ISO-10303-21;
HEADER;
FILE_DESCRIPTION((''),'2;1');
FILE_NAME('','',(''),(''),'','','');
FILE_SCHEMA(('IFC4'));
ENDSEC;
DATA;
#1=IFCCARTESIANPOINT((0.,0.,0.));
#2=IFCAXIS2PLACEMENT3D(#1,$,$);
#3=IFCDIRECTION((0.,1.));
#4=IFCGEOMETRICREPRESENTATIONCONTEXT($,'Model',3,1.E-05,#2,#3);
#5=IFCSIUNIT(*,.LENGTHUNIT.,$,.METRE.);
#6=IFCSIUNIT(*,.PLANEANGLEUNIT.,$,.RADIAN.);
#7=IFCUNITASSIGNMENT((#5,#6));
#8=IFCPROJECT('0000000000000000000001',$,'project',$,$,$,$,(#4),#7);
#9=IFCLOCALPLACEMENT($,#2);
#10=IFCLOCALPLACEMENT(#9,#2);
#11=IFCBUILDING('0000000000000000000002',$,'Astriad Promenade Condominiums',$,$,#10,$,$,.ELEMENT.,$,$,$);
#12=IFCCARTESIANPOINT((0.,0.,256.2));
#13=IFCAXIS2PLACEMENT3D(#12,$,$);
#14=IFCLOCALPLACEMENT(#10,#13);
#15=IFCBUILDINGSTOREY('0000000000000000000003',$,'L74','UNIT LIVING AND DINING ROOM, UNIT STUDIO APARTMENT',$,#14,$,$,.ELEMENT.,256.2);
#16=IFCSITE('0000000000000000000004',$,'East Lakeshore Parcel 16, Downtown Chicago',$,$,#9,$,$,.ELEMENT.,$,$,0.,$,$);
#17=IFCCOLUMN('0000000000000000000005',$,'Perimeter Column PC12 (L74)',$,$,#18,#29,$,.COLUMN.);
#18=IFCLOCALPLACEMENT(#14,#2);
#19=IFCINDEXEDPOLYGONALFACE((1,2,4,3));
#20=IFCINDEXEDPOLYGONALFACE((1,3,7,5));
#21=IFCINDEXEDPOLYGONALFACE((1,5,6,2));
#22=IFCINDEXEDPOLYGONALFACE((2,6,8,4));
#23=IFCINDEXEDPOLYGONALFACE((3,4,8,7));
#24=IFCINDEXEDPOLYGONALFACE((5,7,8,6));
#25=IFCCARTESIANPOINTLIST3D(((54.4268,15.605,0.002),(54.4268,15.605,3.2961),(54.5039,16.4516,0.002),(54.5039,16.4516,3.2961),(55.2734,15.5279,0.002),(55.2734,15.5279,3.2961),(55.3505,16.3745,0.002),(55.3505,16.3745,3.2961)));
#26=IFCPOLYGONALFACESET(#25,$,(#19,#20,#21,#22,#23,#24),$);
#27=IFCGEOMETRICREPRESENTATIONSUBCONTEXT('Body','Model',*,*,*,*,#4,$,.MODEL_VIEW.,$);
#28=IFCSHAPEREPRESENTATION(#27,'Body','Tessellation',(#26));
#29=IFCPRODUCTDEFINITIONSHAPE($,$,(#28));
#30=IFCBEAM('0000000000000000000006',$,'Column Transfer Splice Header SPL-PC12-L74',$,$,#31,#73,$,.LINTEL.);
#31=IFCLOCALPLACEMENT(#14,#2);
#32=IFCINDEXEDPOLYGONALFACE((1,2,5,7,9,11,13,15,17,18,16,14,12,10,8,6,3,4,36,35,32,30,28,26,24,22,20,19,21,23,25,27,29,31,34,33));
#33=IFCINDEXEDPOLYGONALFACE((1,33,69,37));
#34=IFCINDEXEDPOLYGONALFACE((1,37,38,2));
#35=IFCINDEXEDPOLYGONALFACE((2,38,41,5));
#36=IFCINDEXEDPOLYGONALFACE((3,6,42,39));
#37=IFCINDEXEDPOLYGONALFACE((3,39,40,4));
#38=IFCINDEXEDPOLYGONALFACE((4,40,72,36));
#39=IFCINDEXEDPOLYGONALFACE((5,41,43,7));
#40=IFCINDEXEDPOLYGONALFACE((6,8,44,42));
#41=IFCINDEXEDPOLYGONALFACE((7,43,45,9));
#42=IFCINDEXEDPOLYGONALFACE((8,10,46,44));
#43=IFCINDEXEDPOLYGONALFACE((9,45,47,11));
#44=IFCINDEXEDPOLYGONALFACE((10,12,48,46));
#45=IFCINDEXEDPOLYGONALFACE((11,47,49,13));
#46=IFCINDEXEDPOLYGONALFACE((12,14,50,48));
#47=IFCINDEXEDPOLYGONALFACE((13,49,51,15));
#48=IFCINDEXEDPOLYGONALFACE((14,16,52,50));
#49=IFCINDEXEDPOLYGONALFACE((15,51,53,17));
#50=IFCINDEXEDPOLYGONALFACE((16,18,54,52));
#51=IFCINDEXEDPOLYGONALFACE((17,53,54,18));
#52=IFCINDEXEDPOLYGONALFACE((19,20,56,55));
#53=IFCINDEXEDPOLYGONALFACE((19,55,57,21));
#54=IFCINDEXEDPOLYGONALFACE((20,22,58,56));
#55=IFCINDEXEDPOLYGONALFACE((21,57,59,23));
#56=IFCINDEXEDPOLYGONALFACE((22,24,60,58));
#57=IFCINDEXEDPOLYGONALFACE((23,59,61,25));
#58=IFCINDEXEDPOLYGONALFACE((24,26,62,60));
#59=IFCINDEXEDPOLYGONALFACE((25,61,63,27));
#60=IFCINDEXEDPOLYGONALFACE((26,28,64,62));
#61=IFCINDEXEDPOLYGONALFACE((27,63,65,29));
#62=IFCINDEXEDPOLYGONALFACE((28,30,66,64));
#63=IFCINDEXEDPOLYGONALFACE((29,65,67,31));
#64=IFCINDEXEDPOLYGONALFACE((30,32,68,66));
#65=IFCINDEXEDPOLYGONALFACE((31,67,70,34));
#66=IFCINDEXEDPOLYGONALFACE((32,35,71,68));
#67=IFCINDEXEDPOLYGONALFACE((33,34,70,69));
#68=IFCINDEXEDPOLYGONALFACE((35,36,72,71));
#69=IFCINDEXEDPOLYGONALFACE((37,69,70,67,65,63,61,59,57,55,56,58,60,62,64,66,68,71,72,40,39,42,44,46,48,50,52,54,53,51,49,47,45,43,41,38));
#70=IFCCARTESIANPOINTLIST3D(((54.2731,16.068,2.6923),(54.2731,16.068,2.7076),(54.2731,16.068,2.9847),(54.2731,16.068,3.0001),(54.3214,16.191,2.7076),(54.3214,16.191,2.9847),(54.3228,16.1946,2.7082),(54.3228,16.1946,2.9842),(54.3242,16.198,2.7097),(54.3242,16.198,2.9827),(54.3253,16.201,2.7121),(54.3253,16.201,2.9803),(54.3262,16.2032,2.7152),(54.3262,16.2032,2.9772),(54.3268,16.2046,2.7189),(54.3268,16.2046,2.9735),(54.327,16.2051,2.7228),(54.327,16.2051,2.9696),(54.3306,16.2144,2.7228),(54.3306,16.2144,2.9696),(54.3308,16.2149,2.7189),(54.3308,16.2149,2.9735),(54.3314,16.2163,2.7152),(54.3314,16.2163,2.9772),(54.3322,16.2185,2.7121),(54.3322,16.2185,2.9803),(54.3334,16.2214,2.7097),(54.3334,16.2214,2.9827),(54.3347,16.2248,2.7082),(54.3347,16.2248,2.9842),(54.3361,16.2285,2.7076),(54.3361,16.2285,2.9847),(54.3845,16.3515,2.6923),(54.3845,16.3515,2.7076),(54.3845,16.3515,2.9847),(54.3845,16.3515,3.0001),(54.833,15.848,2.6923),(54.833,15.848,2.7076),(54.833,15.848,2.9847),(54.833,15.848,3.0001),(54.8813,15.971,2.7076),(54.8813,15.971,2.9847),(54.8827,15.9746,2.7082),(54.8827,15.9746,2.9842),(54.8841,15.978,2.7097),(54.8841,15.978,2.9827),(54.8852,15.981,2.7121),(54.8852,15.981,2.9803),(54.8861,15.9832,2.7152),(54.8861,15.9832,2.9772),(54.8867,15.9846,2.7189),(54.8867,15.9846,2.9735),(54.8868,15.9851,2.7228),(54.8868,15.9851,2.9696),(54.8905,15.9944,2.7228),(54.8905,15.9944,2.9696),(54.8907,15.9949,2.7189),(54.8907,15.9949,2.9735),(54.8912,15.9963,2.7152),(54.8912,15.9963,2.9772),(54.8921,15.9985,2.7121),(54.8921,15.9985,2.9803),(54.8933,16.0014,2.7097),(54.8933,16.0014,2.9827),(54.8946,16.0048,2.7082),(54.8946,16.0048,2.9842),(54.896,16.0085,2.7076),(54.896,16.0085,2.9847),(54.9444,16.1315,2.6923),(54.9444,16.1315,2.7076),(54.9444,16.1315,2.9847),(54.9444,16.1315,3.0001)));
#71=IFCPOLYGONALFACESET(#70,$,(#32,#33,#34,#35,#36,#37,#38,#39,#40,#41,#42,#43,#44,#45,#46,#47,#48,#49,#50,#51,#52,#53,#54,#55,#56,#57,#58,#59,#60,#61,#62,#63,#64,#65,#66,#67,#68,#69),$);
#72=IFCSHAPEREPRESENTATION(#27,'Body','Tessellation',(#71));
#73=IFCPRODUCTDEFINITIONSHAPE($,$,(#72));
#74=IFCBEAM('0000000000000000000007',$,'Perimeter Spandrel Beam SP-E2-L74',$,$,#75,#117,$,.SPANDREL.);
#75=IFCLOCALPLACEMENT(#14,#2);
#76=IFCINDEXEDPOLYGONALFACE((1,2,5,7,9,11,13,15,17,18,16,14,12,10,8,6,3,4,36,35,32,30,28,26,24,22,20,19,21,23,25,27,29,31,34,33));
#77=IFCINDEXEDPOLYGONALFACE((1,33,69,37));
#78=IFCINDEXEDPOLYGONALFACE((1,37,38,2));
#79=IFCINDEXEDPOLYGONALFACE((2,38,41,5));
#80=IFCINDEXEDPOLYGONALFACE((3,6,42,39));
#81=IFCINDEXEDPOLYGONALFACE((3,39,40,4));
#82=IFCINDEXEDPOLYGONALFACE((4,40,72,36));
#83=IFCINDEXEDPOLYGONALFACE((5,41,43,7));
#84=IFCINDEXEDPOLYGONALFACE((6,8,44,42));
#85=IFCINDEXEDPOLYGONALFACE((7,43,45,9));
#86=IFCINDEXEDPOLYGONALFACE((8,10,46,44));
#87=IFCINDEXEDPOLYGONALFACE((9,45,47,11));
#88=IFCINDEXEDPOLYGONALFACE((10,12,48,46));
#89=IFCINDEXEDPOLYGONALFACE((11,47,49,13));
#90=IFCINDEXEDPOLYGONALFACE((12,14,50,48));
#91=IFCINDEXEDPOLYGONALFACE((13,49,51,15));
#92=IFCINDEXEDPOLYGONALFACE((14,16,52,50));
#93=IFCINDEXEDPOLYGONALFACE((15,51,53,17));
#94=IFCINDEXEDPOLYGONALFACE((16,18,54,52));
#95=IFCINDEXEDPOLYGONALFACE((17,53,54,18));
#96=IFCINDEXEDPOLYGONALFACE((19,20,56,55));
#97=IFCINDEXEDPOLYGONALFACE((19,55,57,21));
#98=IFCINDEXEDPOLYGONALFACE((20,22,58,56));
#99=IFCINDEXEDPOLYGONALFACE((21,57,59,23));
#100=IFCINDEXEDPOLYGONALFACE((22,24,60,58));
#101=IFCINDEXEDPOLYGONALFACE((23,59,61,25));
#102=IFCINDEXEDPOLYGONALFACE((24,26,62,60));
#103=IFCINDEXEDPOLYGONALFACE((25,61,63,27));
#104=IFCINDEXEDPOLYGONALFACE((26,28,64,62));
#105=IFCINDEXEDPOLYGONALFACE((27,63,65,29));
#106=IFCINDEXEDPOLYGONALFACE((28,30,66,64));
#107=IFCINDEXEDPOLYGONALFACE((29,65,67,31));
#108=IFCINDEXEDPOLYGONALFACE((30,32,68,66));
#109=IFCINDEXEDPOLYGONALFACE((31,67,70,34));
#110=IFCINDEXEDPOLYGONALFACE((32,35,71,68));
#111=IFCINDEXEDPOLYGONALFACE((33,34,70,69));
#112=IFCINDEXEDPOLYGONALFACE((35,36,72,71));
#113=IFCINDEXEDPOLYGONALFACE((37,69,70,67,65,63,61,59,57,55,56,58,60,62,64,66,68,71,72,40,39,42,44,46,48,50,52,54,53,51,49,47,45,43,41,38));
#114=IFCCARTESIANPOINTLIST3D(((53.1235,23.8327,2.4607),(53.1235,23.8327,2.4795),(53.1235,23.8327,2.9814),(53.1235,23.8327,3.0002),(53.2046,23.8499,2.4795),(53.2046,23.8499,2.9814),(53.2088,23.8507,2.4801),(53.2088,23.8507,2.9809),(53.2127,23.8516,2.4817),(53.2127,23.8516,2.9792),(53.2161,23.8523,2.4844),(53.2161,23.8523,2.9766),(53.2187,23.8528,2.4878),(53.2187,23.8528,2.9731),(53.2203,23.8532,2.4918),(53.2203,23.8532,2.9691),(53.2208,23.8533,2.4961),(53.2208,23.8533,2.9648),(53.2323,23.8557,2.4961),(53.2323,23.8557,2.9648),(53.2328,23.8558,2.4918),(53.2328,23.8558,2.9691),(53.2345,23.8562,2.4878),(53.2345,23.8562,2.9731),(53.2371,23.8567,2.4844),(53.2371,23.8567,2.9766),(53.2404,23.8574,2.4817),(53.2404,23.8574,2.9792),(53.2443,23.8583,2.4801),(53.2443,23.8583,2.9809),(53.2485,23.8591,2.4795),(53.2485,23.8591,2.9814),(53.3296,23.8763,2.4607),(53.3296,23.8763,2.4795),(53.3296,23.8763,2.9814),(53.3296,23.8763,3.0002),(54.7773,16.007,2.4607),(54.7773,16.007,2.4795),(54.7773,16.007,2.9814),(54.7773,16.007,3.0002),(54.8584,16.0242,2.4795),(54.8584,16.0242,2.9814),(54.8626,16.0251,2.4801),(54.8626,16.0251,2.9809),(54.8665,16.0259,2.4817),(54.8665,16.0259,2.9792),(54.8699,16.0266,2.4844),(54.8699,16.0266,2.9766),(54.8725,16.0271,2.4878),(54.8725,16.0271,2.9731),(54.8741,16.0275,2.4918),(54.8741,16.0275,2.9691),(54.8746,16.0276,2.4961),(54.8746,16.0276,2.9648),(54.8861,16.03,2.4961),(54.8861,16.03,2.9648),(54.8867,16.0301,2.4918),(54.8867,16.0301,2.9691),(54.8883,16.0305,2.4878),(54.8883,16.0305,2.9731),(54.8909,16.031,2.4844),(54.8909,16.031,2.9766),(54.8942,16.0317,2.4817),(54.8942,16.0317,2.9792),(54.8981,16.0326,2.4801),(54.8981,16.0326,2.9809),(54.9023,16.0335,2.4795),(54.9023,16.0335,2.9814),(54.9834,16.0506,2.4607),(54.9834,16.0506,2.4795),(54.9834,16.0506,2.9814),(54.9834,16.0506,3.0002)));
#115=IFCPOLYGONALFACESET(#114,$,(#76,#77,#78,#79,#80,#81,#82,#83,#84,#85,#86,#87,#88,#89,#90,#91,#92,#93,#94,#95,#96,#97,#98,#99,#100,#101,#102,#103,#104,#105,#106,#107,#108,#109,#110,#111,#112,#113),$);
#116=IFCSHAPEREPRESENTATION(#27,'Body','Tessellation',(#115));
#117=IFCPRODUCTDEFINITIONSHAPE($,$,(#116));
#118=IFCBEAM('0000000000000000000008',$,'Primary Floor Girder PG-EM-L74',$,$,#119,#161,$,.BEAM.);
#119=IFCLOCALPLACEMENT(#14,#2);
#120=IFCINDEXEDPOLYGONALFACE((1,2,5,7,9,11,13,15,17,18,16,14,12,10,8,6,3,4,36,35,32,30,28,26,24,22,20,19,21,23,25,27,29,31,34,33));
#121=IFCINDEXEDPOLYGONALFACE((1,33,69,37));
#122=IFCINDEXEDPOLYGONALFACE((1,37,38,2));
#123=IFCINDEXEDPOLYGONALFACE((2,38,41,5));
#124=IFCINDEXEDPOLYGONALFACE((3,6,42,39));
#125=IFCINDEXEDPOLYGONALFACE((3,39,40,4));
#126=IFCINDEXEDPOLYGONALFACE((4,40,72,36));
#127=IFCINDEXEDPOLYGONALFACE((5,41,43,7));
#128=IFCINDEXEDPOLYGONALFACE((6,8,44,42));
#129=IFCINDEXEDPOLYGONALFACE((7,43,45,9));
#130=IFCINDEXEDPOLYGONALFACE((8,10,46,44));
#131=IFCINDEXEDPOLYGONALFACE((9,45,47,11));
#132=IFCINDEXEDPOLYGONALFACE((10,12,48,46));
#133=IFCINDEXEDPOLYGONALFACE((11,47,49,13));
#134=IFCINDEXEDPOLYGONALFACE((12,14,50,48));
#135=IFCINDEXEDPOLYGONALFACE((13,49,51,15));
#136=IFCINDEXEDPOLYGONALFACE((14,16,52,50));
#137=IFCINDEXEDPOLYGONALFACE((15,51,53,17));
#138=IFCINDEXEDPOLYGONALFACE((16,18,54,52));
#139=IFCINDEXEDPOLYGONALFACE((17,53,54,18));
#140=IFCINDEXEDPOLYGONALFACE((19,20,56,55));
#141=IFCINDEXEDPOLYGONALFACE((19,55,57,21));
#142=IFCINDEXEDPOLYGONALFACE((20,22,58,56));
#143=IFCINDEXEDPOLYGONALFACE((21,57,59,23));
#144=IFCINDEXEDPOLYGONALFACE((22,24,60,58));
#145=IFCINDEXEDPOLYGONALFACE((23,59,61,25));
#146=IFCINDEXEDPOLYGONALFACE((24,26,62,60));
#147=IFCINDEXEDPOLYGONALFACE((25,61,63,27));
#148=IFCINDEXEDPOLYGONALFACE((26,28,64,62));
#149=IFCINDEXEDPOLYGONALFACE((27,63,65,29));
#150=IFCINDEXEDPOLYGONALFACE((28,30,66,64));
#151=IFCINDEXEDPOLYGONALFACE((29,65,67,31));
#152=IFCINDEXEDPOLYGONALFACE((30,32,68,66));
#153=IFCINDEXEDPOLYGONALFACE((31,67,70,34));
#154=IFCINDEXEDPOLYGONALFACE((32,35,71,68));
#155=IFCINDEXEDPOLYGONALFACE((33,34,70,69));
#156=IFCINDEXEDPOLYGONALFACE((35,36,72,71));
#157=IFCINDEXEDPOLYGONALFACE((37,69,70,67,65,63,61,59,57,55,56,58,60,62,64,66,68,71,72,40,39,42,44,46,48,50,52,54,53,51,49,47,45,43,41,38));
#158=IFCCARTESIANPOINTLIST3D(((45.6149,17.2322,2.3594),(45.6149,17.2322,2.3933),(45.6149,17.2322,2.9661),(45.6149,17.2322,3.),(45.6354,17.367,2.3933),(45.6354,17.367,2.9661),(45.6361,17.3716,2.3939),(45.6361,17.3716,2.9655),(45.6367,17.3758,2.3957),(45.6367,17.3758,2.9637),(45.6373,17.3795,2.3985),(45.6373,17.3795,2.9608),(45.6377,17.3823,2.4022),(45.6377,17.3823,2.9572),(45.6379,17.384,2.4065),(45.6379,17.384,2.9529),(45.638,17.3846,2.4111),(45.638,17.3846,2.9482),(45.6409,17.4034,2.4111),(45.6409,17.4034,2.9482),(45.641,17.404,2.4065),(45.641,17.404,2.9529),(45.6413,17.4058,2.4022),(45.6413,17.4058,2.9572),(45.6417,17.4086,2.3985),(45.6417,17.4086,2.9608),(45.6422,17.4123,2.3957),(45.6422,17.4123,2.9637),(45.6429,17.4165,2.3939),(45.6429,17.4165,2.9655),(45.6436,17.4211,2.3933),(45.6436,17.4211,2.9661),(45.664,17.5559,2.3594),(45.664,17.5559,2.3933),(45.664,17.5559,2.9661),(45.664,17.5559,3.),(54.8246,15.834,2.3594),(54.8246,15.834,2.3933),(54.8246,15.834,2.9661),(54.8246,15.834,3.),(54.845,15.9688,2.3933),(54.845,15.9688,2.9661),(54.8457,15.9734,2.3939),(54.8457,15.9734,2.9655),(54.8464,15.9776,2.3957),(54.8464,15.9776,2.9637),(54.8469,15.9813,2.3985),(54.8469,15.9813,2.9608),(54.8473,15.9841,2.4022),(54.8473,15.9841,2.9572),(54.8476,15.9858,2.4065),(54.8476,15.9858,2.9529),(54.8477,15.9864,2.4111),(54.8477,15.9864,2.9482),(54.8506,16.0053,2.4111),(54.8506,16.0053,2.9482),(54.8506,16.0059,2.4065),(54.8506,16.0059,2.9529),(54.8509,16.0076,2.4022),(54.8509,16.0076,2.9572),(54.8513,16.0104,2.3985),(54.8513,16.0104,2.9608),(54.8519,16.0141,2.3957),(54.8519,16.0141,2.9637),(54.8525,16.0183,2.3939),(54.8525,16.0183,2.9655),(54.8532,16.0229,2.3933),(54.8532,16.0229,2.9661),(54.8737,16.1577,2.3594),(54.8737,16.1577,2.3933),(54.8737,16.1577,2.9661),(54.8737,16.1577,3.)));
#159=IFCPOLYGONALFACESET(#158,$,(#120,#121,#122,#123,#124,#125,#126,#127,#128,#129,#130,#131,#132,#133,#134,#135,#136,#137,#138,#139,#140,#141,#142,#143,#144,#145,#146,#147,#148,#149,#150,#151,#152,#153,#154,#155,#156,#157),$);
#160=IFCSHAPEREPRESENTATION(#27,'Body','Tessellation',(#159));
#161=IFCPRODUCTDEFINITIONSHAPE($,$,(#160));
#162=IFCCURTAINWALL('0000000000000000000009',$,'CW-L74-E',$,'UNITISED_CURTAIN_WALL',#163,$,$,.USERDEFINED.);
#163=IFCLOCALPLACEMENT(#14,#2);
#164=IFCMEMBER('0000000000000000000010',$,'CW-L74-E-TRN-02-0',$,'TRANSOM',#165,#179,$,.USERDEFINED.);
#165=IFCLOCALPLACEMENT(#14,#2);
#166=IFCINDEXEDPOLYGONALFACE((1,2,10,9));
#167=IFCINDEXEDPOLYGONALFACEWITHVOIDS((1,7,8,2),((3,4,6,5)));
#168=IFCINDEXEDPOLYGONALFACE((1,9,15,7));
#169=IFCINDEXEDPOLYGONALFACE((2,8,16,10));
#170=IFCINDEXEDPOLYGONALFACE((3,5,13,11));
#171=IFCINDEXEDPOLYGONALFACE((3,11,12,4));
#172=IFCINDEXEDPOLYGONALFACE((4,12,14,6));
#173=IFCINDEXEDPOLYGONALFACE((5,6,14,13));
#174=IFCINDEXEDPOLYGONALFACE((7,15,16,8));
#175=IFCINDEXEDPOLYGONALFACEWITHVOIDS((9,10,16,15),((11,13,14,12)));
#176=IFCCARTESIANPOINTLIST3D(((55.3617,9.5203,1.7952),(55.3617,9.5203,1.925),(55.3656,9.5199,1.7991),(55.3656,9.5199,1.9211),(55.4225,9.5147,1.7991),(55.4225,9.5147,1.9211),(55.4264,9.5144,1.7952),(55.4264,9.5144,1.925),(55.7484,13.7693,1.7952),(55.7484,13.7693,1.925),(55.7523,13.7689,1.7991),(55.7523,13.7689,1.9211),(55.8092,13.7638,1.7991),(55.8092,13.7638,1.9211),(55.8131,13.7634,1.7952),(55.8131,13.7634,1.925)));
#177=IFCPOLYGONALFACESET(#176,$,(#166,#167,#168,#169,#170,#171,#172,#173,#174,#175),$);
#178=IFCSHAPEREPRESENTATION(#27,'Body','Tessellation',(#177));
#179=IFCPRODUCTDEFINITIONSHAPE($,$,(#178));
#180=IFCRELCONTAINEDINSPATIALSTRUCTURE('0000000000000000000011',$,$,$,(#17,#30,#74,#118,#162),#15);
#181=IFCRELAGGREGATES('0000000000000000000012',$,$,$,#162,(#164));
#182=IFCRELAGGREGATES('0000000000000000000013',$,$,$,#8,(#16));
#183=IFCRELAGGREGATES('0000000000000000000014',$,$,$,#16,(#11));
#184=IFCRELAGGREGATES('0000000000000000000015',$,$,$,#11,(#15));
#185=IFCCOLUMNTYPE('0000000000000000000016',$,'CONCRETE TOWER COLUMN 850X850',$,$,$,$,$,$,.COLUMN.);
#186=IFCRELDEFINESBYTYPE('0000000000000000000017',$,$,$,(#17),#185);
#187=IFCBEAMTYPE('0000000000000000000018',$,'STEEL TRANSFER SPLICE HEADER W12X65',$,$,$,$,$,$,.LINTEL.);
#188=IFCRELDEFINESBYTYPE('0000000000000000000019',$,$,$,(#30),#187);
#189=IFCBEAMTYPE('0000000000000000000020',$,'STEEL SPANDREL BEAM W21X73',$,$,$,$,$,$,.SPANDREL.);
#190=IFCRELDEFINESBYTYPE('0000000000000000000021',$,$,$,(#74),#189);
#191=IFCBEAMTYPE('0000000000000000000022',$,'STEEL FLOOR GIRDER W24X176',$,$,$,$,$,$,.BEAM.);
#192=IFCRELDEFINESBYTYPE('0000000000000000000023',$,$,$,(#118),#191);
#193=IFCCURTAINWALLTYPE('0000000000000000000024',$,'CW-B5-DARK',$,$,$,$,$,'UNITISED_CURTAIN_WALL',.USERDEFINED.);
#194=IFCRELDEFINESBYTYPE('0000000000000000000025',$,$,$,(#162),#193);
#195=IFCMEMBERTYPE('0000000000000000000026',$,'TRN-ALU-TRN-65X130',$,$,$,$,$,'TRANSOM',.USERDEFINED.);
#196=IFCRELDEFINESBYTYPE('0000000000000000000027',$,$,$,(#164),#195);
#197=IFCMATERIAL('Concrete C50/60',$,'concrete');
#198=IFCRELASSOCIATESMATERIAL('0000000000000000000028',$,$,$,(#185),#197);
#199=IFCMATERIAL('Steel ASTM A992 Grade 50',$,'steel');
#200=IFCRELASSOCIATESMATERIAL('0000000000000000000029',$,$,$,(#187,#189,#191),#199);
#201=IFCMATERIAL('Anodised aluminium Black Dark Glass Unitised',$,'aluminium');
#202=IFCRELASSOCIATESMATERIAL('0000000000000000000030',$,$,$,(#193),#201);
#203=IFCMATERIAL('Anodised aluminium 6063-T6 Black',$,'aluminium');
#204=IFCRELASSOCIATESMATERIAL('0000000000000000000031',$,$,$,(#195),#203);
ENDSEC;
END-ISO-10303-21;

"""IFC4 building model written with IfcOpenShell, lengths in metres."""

from ifc_helpers import new_model, si_unit, direction, frame, origin, origin_2d, place, context, subcontext, project, spatial, rectangle, hollow_rectangle, i_section, extrude, source, transform, mapped, material, material_profile, profile_set, type_object, type_shapes, element, aggregate, save


model = new_model("IFC4")

# Units and contexts
model_context = context("Model", 3, precision=1e-05, world=origin(), true_north=direction((0.0, 1.0)))
body_context = subcontext(model_context, "Body", "Model", "MODEL_VIEW")
ifc_project = project(units=[si_unit("LENGTHUNIT", "METRE"), si_unit("PLANEANGLEUNIT", "RADIAN")], contexts=[model_context])

# Site, building, storey
site_placement = place(None, origin())
site = spatial("IfcSite", under=ifc_project, at=site_placement, Name="East Lakeshore Parcel 16, Downtown Chicago", CompositionType="ELEMENT", RefElevation=0.0)
building_placement = place(site_placement, origin())
building = spatial("IfcBuilding", under=site, at=building_placement, Name="Astriad Promenade Condominiums", CompositionType="ELEMENT")
storey_placement = place(building_placement, frame((0.0, 0.0, 256.2)))
storey = spatial("IfcBuildingStorey", under=building, at=storey_placement, Name="L74", Description="UNIT LIVING AND DINING ROOM, UNIT STUDIO APARTMENT", CompositionType="ELEMENT", Elevation=256.2)

# Column
ifc_material_1 = material(Name="Concrete C50/60", Category="concrete")
ifc_material_profile_1 = material_profile(ifc_material_1, rectangle(XDim=0.8501, YDim=0.8501, at=origin_2d()), Name="RC-COL-850X850")
ifc_profile_set_1 = profile_set([ifc_material_profile_1], Name="Concrete C50/60")
column_type = type_object("IfcColumnType", Name="CONCRETE TOWER COLUMN 850X850", PredefinedType="COLUMN", material=ifc_profile_set_1)
shared_shape_1 = source(origin(), body_context, "Body", "SweptSolid", [
    extrude(rectangle(XDim=0.8501, YDim=0.8501, at=origin_2d()), origin(), (0.0, 0.0, 1.0), 3.2942),
])
type_shapes(column_type, [shared_shape_1])
column_placement = place(storey_placement, frame((54.8887, 15.9897, 0.002), z_axis=(0.0, 0.0, 1.0), x_axis=(0.995884, -0.090633, 0.0)))
element("IfcColumn", 1, at=column_placement, inside=storey, type_object=column_type, Name="Perimeter Column PC12 (L74)", PredefinedType="COLUMN", context=body_context, shape_type="MappedRepresentation", body=[
    mapped(shared_shape_1, transform((0.0, 0.0, 0.0), scale=1.0)),
])

# Beams
ifc_material_2 = material(Name="Steel ASTM A992 Grade 50", Category="steel")
ifc_material_profile_2 = material_profile(ifc_material_2, i_section(OverallWidth=0.3047, OverallDepth=0.3079, WebThickness=0.01, FlangeThickness=0.0154, FilletRadius=0.0151, at=origin_2d()), Name="W12X65")
ifc_profile_set_2 = profile_set([ifc_material_profile_2], Name="Steel ASTM A992 Grade 50")
beam_type_1 = type_object("IfcBeamType", Name="STEEL TRANSFER SPLICE HEADER W12X65", PredefinedType="LINTEL", material=ifc_profile_set_2)
shared_shape_2 = source(origin(), body_context, "Body", "SweptSolid", [
    extrude(i_section(OverallWidth=0.3047, OverallDepth=0.3079, WebThickness=0.01, FlangeThickness=0.0154, FilletRadius=0.0151, at=origin_2d()), origin(), (0.0, 0.0, 1.0), 0.6016),
])
type_shapes(beam_type_1, [shared_shape_2])
beam_1_placement = place(storey_placement, frame((54.8887, 15.9897, 2.8462), z_axis=(-0.930727, 0.365715, 0.0), x_axis=(-0.365715, -0.930727, 0.0)))
element("IfcBeam", 2, at=beam_1_placement, inside=storey, type_object=beam_type_1, Name="Column Transfer Splice Header SPL-PC12-L74", PredefinedType="LINTEL", context=body_context, shape_type="MappedRepresentation", body=[
    mapped(shared_shape_2, transform((0.0, 0.0, 0.0), scale=1.0)),
])
ifc_material_profile_3 = material_profile(ifc_material_2, i_section(OverallWidth=0.2107, OverallDepth=0.5396, WebThickness=0.0117, FlangeThickness=0.0188, FilletRadius=0.0166, at=origin_2d()), Name="W21X73")
ifc_profile_set_3 = profile_set([ifc_material_profile_3], Name="Steel ASTM A992 Grade 50")
beam_type_2 = type_object("IfcBeamType", Name="STEEL SPANDREL BEAM W21X73", PredefinedType="SPANDREL", material=ifc_profile_set_3)
shared_shape_3 = source(origin(), body_context, "Body", "SweptSolid", [
    extrude(i_section(OverallWidth=0.2107, OverallDepth=0.5396, WebThickness=0.0117, FlangeThickness=0.0188, FilletRadius=0.0166, at=origin_2d()), origin(), (0.0, 0.0, 1.0), 7.9985),
])
type_shapes(beam_type_2, [shared_shape_3])
beam_2_placement = place(storey_placement, frame((54.8804, 16.0288, 2.7305), z_axis=(-0.206764, 0.978391, 0.0), x_axis=(-0.978391, -0.206764, 0.0)))
element("IfcBeam", 3, at=beam_2_placement, inside=storey, type_object=beam_type_2, Name="Perimeter Spandrel Beam SP-E2-L74", PredefinedType="SPANDREL", context=body_context, shape_type="MappedRepresentation", body=[
    mapped(shared_shape_3, transform((0.0, 0.0, 0.0), scale=1.0)),
])
ifc_material_profile_4 = material_profile(ifc_material_2, i_section(OverallWidth=0.3274, OverallDepth=0.6406, WebThickness=0.019, FlangeThickness=0.0339, FilletRadius=0.0178, at=origin_2d()), Name="W24X176")
ifc_profile_set_4 = profile_set([ifc_material_profile_4], Name="Steel ASTM A992 Grade 50")
beam_type_3 = type_object("IfcBeamType", Name="STEEL FLOOR GIRDER W24X176", PredefinedType="BEAM", material=ifc_profile_set_4)
shared_shape_4 = source(origin(), body_context, "Body", "SweptSolid", [
    extrude(i_section(OverallWidth=0.3274, OverallDepth=0.6406, WebThickness=0.019, FlangeThickness=0.0339, FilletRadius=0.0178, at=origin_2d()), origin(), (0.0, 0.0, 1.0), 9.3152),
])
type_shapes(beam_type_3, [shared_shape_4])
beam_3_placement = place(storey_placement, frame((54.8491, 15.9958, 2.6797), z_axis=(-0.988671, 0.150097, 0.0), x_axis=(-0.150097, -0.988671, 0.0)))
element("IfcBeam", 4, at=beam_3_placement, inside=storey, type_object=beam_type_3, Name="Primary Floor Girder PG-EM-L74", PredefinedType="BEAM", context=body_context, shape_type="MappedRepresentation", body=[
    mapped(shared_shape_4, transform((0.0, 0.0, 0.0), scale=1.0)),
])

# Curtain wall, member
ifc_material_3 = material(Name="Anodised aluminium Black Dark Glass Unitised", Category="aluminium")
curtain_wall_type = type_object("IfcCurtainWallType", Name="CW-B5-DARK", ElementType="UNITISED_CURTAIN_WALL", PredefinedType="USERDEFINED", material=ifc_material_3)
curtain_wall_placement = place(storey_placement, origin())
curtain_wall = element("IfcCurtainWall", 5, at=curtain_wall_placement, inside=storey, type_object=curtain_wall_type, Name="CW-L74-E", ObjectType="UNITISED_CURTAIN_WALL", PredefinedType="USERDEFINED")
ifc_material_4 = material(Name="Anodised aluminium 6063-T6 Black", Category="aluminium")
ifc_material_profile_5 = material_profile(ifc_material_4, hollow_rectangle(XDim=0.0649, YDim=0.1299, WallThickness=0.0039, at=origin_2d()), Name="ALU-TRN-65X130")
ifc_profile_set_5 = profile_set([ifc_material_profile_5], Name="Anodised aluminium 6063-T6 Black")
member_type_1 = type_object("IfcMemberType", Name="TRN-ALU-TRN-65X130", ElementType="TRANSOM", PredefinedType="USERDEFINED", material=ifc_profile_set_5)
shared_shape_5 = source(origin(), body_context, "Body", "SweptSolid", [
    extrude(hollow_rectangle(XDim=0.0649, YDim=0.1299, WallThickness=0.0039, at=origin_2d()), origin(), (0.0, 0.0, 1.0), 4.2666),
])
type_shapes(member_type_1, [shared_shape_5])
member_1_placement = place(storey_placement, frame((55.7808, 13.7664, 1.8601), z_axis=(-0.090639, -0.995884, 0.0), x_axis=(0.995884, -0.090639, 0.0)))
member_1 = element("IfcMember", 6, at=member_1_placement, type_object=member_type_1, Name="CW-L74-E-TRN-02-0", ObjectType="TRANSOM", PredefinedType="USERDEFINED", context=body_context, shape_type="MappedRepresentation", body=[
    mapped(shared_shape_5, transform((0.0, 0.0, 0.0), scale=1.0)),
])
aggregate(curtain_wall, [member_1])

save(model, "model.ifc")
